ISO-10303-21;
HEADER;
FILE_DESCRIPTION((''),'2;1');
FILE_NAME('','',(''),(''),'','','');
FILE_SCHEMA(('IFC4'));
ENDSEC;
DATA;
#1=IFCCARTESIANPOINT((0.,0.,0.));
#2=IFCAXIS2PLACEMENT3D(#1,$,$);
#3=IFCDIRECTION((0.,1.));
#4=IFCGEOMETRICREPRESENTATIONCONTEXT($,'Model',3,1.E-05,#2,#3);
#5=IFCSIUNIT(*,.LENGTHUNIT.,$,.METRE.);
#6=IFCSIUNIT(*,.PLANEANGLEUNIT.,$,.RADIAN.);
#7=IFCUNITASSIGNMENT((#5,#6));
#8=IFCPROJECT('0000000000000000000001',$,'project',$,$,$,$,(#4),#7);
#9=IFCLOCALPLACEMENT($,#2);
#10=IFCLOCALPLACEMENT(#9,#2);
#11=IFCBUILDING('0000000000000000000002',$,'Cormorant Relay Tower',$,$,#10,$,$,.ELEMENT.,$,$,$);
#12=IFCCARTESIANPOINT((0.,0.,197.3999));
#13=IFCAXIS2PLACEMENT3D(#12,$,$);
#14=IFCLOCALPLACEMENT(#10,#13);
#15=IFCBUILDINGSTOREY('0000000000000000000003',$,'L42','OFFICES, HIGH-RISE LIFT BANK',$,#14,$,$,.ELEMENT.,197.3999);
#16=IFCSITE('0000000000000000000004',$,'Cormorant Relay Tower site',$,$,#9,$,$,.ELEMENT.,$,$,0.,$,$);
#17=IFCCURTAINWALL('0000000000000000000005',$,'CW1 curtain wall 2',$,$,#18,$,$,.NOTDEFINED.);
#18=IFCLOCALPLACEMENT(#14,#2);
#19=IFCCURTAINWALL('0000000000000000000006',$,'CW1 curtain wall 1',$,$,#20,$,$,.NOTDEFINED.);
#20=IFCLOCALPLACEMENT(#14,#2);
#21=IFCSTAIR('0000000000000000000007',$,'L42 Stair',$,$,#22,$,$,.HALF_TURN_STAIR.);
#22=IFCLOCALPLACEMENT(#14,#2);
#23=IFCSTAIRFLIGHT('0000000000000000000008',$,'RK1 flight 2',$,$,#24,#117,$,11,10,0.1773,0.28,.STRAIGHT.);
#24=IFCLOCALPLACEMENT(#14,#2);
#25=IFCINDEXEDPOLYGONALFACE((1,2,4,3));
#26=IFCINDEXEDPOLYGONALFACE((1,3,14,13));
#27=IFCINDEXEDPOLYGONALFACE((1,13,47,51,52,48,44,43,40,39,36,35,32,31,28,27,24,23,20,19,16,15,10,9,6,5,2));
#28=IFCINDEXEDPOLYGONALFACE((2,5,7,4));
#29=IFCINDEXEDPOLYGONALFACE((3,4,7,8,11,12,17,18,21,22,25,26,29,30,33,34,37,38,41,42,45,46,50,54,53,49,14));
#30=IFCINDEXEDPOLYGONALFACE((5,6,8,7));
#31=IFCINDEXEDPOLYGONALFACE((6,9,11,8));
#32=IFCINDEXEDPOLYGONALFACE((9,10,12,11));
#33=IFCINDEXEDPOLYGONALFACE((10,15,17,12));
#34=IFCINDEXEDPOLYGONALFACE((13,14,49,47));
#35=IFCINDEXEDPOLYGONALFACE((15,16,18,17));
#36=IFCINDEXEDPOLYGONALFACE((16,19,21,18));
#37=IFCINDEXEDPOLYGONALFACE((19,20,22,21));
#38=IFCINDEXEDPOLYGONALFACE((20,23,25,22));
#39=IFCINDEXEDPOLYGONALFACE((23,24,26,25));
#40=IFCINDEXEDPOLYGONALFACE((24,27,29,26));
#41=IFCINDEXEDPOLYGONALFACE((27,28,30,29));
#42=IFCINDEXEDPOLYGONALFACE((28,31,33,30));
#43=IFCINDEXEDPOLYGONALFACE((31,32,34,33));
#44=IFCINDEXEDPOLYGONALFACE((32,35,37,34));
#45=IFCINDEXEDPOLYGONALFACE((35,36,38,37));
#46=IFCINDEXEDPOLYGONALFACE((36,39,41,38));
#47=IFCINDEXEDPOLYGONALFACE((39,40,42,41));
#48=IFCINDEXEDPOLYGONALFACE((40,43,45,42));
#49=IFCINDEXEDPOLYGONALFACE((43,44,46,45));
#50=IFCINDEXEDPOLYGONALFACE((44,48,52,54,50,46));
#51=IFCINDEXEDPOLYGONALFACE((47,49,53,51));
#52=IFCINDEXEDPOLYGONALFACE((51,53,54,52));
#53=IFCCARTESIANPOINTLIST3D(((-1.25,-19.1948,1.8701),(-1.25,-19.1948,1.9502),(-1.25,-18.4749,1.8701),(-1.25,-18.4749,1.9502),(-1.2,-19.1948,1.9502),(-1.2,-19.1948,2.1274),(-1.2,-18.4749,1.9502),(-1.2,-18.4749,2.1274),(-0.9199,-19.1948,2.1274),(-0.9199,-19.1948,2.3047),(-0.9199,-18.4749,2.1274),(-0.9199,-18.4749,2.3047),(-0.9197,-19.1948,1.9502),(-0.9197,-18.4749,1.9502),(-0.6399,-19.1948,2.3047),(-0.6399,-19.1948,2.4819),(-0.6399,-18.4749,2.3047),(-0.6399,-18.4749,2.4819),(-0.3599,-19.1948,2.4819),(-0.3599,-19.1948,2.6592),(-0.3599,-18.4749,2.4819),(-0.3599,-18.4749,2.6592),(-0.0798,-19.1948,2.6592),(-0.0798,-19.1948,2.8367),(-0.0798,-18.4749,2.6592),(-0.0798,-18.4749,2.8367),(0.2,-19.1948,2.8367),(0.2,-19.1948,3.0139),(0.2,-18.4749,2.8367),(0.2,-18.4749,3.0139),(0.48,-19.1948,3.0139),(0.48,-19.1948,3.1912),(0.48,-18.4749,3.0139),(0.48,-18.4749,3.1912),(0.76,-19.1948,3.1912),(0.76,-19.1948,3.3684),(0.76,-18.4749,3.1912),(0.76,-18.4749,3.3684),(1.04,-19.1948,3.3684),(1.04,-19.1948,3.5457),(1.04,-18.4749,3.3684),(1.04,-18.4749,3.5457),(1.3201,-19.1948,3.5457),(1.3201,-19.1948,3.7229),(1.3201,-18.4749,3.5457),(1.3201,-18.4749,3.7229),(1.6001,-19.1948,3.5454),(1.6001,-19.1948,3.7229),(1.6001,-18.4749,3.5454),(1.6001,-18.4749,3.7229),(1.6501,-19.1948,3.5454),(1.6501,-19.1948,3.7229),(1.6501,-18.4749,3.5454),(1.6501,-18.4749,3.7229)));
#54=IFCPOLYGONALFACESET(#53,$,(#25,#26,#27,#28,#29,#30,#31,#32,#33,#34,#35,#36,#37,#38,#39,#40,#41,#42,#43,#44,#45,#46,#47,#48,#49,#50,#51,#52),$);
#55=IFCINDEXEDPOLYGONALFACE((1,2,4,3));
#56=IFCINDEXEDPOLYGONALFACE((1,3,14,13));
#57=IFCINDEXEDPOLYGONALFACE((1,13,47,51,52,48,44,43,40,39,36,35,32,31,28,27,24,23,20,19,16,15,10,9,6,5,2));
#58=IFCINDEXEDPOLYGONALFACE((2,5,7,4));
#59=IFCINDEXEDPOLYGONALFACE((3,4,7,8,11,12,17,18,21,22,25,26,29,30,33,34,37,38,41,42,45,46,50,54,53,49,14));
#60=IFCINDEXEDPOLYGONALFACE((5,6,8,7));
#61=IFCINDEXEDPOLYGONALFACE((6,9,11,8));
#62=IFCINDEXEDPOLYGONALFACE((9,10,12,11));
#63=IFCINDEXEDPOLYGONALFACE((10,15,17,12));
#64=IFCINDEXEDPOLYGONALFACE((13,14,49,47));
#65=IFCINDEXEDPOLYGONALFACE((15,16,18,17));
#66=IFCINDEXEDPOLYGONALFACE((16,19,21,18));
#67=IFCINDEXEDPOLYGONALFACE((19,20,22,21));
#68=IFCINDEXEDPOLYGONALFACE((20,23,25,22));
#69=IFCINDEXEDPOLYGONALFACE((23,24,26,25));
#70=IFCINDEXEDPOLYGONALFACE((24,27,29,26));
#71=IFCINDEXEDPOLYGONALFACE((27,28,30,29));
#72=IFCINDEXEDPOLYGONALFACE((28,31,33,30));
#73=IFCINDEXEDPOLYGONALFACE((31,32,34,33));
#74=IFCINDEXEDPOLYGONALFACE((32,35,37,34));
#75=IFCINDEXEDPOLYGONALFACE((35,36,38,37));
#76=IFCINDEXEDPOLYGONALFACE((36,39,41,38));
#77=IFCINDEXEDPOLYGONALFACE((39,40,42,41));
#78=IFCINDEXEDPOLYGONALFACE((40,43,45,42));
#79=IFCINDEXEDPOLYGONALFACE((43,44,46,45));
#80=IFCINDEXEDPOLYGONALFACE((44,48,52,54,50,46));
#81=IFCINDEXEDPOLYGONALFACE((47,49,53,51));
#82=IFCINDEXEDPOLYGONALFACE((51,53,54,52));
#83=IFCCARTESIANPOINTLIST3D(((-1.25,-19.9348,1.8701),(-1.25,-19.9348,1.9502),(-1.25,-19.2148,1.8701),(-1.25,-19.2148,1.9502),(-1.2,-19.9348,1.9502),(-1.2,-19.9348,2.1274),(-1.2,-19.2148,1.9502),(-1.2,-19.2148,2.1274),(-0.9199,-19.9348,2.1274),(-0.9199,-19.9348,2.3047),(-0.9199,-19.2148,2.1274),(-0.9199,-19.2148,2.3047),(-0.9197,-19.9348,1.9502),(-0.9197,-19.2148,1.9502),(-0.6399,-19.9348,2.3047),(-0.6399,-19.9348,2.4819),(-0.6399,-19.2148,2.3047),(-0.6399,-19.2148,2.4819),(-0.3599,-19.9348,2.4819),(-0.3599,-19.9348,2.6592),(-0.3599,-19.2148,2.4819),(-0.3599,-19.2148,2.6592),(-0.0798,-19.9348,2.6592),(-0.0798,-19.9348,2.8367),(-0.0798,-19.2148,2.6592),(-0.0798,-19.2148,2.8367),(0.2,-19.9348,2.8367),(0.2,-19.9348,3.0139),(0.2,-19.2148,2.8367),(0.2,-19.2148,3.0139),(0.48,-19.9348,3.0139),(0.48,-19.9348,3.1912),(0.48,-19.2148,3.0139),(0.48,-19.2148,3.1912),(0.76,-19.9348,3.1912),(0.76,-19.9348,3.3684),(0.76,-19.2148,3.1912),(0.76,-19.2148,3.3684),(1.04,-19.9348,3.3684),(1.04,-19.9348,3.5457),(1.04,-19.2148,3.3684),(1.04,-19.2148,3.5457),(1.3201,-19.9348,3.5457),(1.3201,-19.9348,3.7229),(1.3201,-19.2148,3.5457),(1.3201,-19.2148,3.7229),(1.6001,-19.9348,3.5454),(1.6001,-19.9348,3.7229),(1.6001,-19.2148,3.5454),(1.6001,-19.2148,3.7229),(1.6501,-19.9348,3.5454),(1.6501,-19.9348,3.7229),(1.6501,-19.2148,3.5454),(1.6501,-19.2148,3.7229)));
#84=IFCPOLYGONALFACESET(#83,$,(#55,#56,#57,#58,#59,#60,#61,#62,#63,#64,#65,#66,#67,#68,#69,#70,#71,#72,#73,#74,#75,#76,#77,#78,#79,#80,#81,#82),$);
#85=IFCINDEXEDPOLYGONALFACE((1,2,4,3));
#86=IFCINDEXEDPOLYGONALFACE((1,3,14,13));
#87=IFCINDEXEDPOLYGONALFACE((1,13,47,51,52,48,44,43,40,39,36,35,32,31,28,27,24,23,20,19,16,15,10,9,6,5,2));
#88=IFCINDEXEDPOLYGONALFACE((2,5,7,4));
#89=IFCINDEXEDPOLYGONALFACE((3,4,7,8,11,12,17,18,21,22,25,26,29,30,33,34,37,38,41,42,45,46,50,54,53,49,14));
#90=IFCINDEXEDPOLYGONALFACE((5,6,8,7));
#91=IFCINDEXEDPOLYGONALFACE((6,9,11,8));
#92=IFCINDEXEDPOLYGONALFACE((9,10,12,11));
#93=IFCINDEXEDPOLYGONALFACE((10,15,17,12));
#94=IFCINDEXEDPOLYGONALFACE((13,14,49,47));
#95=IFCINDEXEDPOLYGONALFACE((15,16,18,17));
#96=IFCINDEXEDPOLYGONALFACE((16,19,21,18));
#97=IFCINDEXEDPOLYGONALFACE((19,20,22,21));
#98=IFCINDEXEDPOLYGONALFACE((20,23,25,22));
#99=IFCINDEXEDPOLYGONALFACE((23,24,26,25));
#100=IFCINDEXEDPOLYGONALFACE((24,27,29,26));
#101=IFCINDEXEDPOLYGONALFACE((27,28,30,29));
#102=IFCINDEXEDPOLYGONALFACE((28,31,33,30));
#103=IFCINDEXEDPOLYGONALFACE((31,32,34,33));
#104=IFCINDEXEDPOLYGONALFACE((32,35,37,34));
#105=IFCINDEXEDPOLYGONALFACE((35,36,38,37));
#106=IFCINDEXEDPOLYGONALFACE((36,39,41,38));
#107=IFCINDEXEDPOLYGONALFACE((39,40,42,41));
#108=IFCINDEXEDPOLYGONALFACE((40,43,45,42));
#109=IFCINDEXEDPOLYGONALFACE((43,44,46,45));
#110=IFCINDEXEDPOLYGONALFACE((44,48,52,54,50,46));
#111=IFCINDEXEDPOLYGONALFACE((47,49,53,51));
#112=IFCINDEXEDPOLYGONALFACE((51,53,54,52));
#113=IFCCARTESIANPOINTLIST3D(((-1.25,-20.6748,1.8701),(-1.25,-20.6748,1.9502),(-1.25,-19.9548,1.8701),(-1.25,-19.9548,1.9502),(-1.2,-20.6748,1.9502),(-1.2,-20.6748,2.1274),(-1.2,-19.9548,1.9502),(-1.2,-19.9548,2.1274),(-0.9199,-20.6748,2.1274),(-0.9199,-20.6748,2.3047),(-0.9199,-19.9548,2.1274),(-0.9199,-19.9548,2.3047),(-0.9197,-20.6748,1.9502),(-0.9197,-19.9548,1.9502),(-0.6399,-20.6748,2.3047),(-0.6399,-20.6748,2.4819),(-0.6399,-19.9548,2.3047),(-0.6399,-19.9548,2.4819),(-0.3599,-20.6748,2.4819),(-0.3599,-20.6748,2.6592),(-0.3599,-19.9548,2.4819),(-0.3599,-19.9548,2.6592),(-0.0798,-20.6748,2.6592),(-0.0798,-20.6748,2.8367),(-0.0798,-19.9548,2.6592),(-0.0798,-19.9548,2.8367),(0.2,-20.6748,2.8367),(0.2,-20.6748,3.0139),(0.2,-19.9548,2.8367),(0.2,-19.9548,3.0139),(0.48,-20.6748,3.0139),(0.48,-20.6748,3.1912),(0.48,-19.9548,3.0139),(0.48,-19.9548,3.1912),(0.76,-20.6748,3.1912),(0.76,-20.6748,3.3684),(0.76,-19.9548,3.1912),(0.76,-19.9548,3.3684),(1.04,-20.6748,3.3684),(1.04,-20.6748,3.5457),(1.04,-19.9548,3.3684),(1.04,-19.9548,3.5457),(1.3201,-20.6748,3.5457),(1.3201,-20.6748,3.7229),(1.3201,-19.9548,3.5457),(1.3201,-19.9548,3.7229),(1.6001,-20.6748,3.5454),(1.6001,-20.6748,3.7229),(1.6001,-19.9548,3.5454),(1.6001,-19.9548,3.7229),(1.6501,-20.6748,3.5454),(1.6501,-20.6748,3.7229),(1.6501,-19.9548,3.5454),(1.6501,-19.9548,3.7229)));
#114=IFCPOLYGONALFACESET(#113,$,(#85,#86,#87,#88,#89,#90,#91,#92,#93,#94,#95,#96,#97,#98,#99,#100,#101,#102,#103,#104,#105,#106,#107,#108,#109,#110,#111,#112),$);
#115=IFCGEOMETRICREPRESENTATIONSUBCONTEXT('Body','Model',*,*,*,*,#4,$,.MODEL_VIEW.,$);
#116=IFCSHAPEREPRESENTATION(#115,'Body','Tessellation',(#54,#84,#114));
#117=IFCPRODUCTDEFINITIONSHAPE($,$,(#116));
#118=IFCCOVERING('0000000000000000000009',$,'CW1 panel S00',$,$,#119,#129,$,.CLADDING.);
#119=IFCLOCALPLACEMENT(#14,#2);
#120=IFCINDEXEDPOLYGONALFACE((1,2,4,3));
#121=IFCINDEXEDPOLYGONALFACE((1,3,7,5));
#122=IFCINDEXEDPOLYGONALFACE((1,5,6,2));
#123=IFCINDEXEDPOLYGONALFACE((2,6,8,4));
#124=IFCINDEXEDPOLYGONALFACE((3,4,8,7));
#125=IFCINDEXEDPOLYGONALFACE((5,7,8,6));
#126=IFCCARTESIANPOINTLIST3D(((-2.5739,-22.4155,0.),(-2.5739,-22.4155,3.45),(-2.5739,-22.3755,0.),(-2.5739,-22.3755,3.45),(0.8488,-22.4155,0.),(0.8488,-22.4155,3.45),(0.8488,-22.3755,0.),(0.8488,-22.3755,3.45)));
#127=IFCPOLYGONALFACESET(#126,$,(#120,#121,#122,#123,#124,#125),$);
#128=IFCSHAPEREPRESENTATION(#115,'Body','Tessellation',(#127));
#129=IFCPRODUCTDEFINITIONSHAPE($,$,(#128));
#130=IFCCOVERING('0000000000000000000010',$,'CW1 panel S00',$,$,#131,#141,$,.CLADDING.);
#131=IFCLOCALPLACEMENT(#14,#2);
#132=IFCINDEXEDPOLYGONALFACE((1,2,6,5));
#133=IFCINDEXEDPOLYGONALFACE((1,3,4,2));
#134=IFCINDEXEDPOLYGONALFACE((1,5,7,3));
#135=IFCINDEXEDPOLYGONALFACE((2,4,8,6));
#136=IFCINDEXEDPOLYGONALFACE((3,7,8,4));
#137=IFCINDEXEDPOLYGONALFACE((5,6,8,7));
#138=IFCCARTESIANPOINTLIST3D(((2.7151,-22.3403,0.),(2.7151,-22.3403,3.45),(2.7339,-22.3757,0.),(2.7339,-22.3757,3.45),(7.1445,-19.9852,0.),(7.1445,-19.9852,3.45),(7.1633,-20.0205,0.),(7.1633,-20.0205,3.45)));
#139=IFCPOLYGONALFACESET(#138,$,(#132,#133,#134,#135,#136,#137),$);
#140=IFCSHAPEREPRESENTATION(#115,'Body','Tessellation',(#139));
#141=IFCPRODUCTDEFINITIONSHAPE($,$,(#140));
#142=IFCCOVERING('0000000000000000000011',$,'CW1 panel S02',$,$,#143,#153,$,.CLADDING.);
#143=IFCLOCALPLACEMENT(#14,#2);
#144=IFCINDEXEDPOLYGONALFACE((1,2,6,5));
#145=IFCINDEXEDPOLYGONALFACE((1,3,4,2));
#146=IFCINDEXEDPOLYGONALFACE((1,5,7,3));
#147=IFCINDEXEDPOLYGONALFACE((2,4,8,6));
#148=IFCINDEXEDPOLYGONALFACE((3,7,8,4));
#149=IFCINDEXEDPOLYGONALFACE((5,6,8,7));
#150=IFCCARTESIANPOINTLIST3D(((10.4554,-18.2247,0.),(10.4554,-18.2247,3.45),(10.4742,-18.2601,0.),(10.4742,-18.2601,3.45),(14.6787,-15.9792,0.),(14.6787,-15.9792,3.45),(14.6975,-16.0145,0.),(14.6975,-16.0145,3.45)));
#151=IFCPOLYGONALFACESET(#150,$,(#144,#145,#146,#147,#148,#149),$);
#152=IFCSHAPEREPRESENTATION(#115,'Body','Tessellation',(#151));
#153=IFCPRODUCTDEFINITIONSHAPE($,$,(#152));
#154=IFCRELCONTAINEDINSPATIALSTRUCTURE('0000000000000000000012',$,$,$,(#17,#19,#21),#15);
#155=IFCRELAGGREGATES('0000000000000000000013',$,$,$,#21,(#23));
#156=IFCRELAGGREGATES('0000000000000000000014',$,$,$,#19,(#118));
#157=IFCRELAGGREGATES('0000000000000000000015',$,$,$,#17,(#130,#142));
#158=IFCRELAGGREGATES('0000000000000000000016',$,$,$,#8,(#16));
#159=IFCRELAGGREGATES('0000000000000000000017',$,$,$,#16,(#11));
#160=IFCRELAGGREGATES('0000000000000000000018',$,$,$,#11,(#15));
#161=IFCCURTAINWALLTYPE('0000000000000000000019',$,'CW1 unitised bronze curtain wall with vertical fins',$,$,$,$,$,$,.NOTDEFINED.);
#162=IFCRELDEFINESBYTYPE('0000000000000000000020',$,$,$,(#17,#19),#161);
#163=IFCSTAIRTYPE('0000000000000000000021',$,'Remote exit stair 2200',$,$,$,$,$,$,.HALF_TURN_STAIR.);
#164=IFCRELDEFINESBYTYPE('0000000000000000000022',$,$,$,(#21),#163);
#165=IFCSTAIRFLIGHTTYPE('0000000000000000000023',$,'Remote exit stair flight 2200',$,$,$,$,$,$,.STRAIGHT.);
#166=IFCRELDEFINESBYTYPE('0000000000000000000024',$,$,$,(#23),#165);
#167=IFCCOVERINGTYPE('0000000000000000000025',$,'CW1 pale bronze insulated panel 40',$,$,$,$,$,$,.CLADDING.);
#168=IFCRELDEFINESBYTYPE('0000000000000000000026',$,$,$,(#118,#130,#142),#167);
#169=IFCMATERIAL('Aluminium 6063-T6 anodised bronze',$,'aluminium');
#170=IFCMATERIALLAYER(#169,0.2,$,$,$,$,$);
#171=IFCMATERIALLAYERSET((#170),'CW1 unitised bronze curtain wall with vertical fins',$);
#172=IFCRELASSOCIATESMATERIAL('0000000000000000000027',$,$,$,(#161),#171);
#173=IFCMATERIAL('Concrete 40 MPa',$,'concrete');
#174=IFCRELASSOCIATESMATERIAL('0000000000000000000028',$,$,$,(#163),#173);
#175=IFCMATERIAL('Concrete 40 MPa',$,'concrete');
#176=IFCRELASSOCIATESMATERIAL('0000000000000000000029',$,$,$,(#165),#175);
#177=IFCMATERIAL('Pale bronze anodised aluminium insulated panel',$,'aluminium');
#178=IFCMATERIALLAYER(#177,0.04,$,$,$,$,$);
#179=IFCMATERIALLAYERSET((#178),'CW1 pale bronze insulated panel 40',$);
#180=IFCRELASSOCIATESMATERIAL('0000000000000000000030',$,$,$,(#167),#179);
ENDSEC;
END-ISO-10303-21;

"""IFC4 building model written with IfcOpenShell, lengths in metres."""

from ifc_helpers import new_model, si_unit, direction, frame, origin, origin_2d, place, context, subcontext, project, spatial, polyline, rectangle, outline, extrude, material, layer, layer_set, type_object, element, aggregate, save


model = new_model("IFC4")

# Units and contexts
model_context = context("Model", 3, precision=1e-05, world=origin(), true_north=direction((0.0, 1.0)))
body_context = subcontext(model_context, "Body", "Model", "MODEL_VIEW")
ifc_project = project(units=[si_unit("LENGTHUNIT", "METRE"), si_unit("PLANEANGLEUNIT", "RADIAN")], contexts=[model_context])

# Site, building, storey
site_placement = place(None, origin())
site = spatial("IfcSite", under=ifc_project, at=site_placement, Name="Cormorant Relay Tower site", CompositionType="ELEMENT", RefElevation=0.0)
building_placement = place(site_placement, origin())
building = spatial("IfcBuilding", under=site, at=building_placement, Name="Cormorant Relay Tower", CompositionType="ELEMENT")
storey_placement = place(building_placement, frame((0.0, 0.0, 197.3999)))
storey = spatial("IfcBuildingStorey", under=building, at=storey_placement, Name="L42", Description="OFFICES, HIGH-RISE LIFT BANK", CompositionType="ELEMENT", Elevation=197.3999)

# Curtain wall
ifc_material_1 = material(Name="Aluminium 6063-T6 anodised bronze", Category="aluminium")
ifc_layer_1 = layer(ifc_material_1, 0.2)
ifc_layer_set_1 = layer_set([ifc_layer_1], Name="CW1 unitised bronze curtain wall with vertical fins")
curtain_wall_type = type_object("IfcCurtainWallType", Name="CW1 unitised bronze curtain wall with vertical fins", PredefinedType="NOTDEFINED", material=ifc_layer_set_1)
curtain_wall_1_placement = place(storey_placement, origin())
curtain_wall_1 = element("IfcCurtainWall", 1, at=curtain_wall_1_placement, inside=storey, type_object=curtain_wall_type, Name="CW1 curtain wall 2", PredefinedType="NOTDEFINED")

# Curtain wall
curtain_wall_2_placement = place(storey_placement, origin())
curtain_wall_2 = element("IfcCurtainWall", 2, at=curtain_wall_2_placement, inside=storey, type_object=curtain_wall_type, Name="CW1 curtain wall 1", PredefinedType="NOTDEFINED")

# Stair, stair flight
ifc_material_2 = material(Name="Concrete 40 MPa", Category="concrete")
stair_type = type_object("IfcStairType", Name="Remote exit stair 2200", PredefinedType="HALF_TURN_STAIR", material=ifc_material_2)
stair_placement = place(storey_placement, origin())
stair = element("IfcStair", 3, at=stair_placement, inside=storey, type_object=stair_type, Name="L42 Stair", PredefinedType="HALF_TURN_STAIR")
ifc_material_3 = material(Name="Concrete 40 MPa", Category="concrete")
stair_flight_type = type_object("IfcStairFlightType", Name="Remote exit stair flight 2200", PredefinedType="STRAIGHT", material=ifc_material_3)
stair_flight_1_placement = place(storey_placement, frame((-1.2, -19.575, 1.9502), z_axis=(0.0, 0.0, 1.0), x_axis=(1.0, 0.0, 0.0)))
stair_flight_1 = element("IfcStairFlight", 4, at=stair_flight_1_placement, type_object=stair_flight_type, Name="RK1 flight 2", NumberOfRisers=11, NumberOfTreads=10, PredefinedType="STRAIGHT", RiserHeight=0.1773, TreadLength=0.28, context=body_context, shape_type="SweptSolid", body=[
    extrude(outline(polyline([(-0.05, -0.0801), (-0.05, 0.0), (0.0, 0.0), (0.0, 0.1772), (0.28, 0.1772), (0.28, 0.3545), (0.5601, 0.3545), (0.5601, 0.5317), (0.8401, 0.5317), (0.8401, 0.709), (1.1201, 0.709), (1.1201, 0.8865), (1.3999, 0.8865), (1.3999, 1.0637), (1.6799, 1.0637), (1.6799, 1.241), (1.96, 1.241), (1.96, 1.4182), (2.24, 1.4182), (2.24, 1.5955), (2.52, 1.5955), (2.52, 1.7727), (2.8, 1.7727), (2.8501, 1.7727), (2.8501, 1.5952), (2.8, 1.5952), (0.2803, 0.0), (-0.05, -0.0801)])), frame((0.0, 1.1001, 0.0), z_axis=(0.0, -1.0, 0.0), x_axis=(1.0, 0.0, 0.0)), (0.0, 0.0, 1.0), 0.72),
    extrude(outline(polyline([(-0.05, -0.0801), (-0.05, 0.0), (0.0, 0.0), (0.0, 0.1772), (0.28, 0.1772), (0.28, 0.3545), (0.5601, 0.3545), (0.5601, 0.5317), (0.8401, 0.5317), (0.8401, 0.709), (1.1201, 0.709), (1.1201, 0.8865), (1.3999, 0.8865), (1.3999, 1.0637), (1.6799, 1.0637), (1.6799, 1.241), (1.96, 1.241), (1.96, 1.4182), (2.24, 1.4182), (2.24, 1.5955), (2.52, 1.5955), (2.52, 1.7727), (2.8, 1.7727), (2.8501, 1.7727), (2.8501, 1.5952), (2.8, 1.5952), (0.2803, 0.0), (-0.05, -0.0801)])), frame((0.0, 0.3601, 0.0), z_axis=(0.0, -1.0, 0.0), x_axis=(1.0, 0.0, 0.0)), (0.0, 0.0, 1.0), 0.72),
    extrude(outline(polyline([(-0.05, -0.0801), (-0.05, 0.0), (0.0, 0.0), (0.0, 0.1772), (0.28, 0.1772), (0.28, 0.3545), (0.5601, 0.3545), (0.5601, 0.5317), (0.8401, 0.5317), (0.8401, 0.709), (1.1201, 0.709), (1.1201, 0.8865), (1.3999, 0.8865), (1.3999, 1.0637), (1.6799, 1.0637), (1.6799, 1.241), (1.96, 1.241), (1.96, 1.4182), (2.24, 1.4182), (2.24, 1.5955), (2.52, 1.5955), (2.52, 1.7727), (2.8, 1.7727), (2.8501, 1.7727), (2.8501, 1.5952), (2.8, 1.5952), (0.2803, 0.0), (-0.05, -0.0801)])), frame((0.0, -0.3799, 0.0), z_axis=(0.0, -1.0, 0.0), x_axis=(1.0, 0.0, 0.0)), (0.0, 0.0, 1.0), 0.72),
])
aggregate(stair, [stair_flight_1])

# Coverings
ifc_material_4 = material(Name="Pale bronze anodised aluminium insulated panel", Category="aluminium")
ifc_layer_2 = layer(ifc_material_4, 0.04)
ifc_layer_set_2 = layer_set([ifc_layer_2], Name="CW1 pale bronze insulated panel 40")
covering_type = type_object("IfcCoveringType", Name="CW1 pale bronze insulated panel 40", PredefinedType="CLADDING", material=ifc_layer_set_2)
covering_1_placement = place(storey_placement, frame((-0.8625, -22.3955, 0.0), z_axis=(0.0, 0.0, 1.0), x_axis=(1.0, 0.0, 0.0)))
covering_1 = element("IfcCovering", 5, at=covering_1_placement, type_object=covering_type, Name="CW1 panel S00", PredefinedType="CLADDING", context=body_context, shape_type="SweptSolid", body=[
    extrude(rectangle(XDim=3.4226, YDim=0.04, at=origin_2d()), origin(), (0.0, 0.0, 1.0), 3.45),
])
aggregate(curtain_wall_2, [covering_1])
covering_2_placement = place(storey_placement, frame((4.9392, -21.1804, 0.0), z_axis=(0.0, 0.0, 1.0), x_axis=(0.882948, 0.469472, 0.0)))
covering_2 = element("IfcCovering", 6, at=covering_2_placement, type_object=covering_type, Name="CW1 panel S00", PredefinedType="CLADDING", context=body_context, shape_type="SweptSolid", body=[
    extrude(rectangle(XDim=5.0166, YDim=0.04, at=origin_2d()), origin(), (0.0, 0.0, 1.0), 3.45),
])
covering_3_placement = place(storey_placement, frame((12.5764, -17.1196, 0.0), z_axis=(0.0, 0.0, 1.0), x_axis=(0.882948, 0.469472, 0.0)))
covering_3 = element("IfcCovering", 7, at=covering_3_placement, type_object=covering_type, Name="CW1 panel S02", PredefinedType="CLADDING", context=body_context, shape_type="SweptSolid", body=[
    extrude(rectangle(XDim=4.7832, YDim=0.04, at=origin_2d()), origin(), (0.0, 0.0, 1.0), 3.45),
])
aggregate(curtain_wall_1, [covering_2, covering_3])

save(model, "model.ifc")
